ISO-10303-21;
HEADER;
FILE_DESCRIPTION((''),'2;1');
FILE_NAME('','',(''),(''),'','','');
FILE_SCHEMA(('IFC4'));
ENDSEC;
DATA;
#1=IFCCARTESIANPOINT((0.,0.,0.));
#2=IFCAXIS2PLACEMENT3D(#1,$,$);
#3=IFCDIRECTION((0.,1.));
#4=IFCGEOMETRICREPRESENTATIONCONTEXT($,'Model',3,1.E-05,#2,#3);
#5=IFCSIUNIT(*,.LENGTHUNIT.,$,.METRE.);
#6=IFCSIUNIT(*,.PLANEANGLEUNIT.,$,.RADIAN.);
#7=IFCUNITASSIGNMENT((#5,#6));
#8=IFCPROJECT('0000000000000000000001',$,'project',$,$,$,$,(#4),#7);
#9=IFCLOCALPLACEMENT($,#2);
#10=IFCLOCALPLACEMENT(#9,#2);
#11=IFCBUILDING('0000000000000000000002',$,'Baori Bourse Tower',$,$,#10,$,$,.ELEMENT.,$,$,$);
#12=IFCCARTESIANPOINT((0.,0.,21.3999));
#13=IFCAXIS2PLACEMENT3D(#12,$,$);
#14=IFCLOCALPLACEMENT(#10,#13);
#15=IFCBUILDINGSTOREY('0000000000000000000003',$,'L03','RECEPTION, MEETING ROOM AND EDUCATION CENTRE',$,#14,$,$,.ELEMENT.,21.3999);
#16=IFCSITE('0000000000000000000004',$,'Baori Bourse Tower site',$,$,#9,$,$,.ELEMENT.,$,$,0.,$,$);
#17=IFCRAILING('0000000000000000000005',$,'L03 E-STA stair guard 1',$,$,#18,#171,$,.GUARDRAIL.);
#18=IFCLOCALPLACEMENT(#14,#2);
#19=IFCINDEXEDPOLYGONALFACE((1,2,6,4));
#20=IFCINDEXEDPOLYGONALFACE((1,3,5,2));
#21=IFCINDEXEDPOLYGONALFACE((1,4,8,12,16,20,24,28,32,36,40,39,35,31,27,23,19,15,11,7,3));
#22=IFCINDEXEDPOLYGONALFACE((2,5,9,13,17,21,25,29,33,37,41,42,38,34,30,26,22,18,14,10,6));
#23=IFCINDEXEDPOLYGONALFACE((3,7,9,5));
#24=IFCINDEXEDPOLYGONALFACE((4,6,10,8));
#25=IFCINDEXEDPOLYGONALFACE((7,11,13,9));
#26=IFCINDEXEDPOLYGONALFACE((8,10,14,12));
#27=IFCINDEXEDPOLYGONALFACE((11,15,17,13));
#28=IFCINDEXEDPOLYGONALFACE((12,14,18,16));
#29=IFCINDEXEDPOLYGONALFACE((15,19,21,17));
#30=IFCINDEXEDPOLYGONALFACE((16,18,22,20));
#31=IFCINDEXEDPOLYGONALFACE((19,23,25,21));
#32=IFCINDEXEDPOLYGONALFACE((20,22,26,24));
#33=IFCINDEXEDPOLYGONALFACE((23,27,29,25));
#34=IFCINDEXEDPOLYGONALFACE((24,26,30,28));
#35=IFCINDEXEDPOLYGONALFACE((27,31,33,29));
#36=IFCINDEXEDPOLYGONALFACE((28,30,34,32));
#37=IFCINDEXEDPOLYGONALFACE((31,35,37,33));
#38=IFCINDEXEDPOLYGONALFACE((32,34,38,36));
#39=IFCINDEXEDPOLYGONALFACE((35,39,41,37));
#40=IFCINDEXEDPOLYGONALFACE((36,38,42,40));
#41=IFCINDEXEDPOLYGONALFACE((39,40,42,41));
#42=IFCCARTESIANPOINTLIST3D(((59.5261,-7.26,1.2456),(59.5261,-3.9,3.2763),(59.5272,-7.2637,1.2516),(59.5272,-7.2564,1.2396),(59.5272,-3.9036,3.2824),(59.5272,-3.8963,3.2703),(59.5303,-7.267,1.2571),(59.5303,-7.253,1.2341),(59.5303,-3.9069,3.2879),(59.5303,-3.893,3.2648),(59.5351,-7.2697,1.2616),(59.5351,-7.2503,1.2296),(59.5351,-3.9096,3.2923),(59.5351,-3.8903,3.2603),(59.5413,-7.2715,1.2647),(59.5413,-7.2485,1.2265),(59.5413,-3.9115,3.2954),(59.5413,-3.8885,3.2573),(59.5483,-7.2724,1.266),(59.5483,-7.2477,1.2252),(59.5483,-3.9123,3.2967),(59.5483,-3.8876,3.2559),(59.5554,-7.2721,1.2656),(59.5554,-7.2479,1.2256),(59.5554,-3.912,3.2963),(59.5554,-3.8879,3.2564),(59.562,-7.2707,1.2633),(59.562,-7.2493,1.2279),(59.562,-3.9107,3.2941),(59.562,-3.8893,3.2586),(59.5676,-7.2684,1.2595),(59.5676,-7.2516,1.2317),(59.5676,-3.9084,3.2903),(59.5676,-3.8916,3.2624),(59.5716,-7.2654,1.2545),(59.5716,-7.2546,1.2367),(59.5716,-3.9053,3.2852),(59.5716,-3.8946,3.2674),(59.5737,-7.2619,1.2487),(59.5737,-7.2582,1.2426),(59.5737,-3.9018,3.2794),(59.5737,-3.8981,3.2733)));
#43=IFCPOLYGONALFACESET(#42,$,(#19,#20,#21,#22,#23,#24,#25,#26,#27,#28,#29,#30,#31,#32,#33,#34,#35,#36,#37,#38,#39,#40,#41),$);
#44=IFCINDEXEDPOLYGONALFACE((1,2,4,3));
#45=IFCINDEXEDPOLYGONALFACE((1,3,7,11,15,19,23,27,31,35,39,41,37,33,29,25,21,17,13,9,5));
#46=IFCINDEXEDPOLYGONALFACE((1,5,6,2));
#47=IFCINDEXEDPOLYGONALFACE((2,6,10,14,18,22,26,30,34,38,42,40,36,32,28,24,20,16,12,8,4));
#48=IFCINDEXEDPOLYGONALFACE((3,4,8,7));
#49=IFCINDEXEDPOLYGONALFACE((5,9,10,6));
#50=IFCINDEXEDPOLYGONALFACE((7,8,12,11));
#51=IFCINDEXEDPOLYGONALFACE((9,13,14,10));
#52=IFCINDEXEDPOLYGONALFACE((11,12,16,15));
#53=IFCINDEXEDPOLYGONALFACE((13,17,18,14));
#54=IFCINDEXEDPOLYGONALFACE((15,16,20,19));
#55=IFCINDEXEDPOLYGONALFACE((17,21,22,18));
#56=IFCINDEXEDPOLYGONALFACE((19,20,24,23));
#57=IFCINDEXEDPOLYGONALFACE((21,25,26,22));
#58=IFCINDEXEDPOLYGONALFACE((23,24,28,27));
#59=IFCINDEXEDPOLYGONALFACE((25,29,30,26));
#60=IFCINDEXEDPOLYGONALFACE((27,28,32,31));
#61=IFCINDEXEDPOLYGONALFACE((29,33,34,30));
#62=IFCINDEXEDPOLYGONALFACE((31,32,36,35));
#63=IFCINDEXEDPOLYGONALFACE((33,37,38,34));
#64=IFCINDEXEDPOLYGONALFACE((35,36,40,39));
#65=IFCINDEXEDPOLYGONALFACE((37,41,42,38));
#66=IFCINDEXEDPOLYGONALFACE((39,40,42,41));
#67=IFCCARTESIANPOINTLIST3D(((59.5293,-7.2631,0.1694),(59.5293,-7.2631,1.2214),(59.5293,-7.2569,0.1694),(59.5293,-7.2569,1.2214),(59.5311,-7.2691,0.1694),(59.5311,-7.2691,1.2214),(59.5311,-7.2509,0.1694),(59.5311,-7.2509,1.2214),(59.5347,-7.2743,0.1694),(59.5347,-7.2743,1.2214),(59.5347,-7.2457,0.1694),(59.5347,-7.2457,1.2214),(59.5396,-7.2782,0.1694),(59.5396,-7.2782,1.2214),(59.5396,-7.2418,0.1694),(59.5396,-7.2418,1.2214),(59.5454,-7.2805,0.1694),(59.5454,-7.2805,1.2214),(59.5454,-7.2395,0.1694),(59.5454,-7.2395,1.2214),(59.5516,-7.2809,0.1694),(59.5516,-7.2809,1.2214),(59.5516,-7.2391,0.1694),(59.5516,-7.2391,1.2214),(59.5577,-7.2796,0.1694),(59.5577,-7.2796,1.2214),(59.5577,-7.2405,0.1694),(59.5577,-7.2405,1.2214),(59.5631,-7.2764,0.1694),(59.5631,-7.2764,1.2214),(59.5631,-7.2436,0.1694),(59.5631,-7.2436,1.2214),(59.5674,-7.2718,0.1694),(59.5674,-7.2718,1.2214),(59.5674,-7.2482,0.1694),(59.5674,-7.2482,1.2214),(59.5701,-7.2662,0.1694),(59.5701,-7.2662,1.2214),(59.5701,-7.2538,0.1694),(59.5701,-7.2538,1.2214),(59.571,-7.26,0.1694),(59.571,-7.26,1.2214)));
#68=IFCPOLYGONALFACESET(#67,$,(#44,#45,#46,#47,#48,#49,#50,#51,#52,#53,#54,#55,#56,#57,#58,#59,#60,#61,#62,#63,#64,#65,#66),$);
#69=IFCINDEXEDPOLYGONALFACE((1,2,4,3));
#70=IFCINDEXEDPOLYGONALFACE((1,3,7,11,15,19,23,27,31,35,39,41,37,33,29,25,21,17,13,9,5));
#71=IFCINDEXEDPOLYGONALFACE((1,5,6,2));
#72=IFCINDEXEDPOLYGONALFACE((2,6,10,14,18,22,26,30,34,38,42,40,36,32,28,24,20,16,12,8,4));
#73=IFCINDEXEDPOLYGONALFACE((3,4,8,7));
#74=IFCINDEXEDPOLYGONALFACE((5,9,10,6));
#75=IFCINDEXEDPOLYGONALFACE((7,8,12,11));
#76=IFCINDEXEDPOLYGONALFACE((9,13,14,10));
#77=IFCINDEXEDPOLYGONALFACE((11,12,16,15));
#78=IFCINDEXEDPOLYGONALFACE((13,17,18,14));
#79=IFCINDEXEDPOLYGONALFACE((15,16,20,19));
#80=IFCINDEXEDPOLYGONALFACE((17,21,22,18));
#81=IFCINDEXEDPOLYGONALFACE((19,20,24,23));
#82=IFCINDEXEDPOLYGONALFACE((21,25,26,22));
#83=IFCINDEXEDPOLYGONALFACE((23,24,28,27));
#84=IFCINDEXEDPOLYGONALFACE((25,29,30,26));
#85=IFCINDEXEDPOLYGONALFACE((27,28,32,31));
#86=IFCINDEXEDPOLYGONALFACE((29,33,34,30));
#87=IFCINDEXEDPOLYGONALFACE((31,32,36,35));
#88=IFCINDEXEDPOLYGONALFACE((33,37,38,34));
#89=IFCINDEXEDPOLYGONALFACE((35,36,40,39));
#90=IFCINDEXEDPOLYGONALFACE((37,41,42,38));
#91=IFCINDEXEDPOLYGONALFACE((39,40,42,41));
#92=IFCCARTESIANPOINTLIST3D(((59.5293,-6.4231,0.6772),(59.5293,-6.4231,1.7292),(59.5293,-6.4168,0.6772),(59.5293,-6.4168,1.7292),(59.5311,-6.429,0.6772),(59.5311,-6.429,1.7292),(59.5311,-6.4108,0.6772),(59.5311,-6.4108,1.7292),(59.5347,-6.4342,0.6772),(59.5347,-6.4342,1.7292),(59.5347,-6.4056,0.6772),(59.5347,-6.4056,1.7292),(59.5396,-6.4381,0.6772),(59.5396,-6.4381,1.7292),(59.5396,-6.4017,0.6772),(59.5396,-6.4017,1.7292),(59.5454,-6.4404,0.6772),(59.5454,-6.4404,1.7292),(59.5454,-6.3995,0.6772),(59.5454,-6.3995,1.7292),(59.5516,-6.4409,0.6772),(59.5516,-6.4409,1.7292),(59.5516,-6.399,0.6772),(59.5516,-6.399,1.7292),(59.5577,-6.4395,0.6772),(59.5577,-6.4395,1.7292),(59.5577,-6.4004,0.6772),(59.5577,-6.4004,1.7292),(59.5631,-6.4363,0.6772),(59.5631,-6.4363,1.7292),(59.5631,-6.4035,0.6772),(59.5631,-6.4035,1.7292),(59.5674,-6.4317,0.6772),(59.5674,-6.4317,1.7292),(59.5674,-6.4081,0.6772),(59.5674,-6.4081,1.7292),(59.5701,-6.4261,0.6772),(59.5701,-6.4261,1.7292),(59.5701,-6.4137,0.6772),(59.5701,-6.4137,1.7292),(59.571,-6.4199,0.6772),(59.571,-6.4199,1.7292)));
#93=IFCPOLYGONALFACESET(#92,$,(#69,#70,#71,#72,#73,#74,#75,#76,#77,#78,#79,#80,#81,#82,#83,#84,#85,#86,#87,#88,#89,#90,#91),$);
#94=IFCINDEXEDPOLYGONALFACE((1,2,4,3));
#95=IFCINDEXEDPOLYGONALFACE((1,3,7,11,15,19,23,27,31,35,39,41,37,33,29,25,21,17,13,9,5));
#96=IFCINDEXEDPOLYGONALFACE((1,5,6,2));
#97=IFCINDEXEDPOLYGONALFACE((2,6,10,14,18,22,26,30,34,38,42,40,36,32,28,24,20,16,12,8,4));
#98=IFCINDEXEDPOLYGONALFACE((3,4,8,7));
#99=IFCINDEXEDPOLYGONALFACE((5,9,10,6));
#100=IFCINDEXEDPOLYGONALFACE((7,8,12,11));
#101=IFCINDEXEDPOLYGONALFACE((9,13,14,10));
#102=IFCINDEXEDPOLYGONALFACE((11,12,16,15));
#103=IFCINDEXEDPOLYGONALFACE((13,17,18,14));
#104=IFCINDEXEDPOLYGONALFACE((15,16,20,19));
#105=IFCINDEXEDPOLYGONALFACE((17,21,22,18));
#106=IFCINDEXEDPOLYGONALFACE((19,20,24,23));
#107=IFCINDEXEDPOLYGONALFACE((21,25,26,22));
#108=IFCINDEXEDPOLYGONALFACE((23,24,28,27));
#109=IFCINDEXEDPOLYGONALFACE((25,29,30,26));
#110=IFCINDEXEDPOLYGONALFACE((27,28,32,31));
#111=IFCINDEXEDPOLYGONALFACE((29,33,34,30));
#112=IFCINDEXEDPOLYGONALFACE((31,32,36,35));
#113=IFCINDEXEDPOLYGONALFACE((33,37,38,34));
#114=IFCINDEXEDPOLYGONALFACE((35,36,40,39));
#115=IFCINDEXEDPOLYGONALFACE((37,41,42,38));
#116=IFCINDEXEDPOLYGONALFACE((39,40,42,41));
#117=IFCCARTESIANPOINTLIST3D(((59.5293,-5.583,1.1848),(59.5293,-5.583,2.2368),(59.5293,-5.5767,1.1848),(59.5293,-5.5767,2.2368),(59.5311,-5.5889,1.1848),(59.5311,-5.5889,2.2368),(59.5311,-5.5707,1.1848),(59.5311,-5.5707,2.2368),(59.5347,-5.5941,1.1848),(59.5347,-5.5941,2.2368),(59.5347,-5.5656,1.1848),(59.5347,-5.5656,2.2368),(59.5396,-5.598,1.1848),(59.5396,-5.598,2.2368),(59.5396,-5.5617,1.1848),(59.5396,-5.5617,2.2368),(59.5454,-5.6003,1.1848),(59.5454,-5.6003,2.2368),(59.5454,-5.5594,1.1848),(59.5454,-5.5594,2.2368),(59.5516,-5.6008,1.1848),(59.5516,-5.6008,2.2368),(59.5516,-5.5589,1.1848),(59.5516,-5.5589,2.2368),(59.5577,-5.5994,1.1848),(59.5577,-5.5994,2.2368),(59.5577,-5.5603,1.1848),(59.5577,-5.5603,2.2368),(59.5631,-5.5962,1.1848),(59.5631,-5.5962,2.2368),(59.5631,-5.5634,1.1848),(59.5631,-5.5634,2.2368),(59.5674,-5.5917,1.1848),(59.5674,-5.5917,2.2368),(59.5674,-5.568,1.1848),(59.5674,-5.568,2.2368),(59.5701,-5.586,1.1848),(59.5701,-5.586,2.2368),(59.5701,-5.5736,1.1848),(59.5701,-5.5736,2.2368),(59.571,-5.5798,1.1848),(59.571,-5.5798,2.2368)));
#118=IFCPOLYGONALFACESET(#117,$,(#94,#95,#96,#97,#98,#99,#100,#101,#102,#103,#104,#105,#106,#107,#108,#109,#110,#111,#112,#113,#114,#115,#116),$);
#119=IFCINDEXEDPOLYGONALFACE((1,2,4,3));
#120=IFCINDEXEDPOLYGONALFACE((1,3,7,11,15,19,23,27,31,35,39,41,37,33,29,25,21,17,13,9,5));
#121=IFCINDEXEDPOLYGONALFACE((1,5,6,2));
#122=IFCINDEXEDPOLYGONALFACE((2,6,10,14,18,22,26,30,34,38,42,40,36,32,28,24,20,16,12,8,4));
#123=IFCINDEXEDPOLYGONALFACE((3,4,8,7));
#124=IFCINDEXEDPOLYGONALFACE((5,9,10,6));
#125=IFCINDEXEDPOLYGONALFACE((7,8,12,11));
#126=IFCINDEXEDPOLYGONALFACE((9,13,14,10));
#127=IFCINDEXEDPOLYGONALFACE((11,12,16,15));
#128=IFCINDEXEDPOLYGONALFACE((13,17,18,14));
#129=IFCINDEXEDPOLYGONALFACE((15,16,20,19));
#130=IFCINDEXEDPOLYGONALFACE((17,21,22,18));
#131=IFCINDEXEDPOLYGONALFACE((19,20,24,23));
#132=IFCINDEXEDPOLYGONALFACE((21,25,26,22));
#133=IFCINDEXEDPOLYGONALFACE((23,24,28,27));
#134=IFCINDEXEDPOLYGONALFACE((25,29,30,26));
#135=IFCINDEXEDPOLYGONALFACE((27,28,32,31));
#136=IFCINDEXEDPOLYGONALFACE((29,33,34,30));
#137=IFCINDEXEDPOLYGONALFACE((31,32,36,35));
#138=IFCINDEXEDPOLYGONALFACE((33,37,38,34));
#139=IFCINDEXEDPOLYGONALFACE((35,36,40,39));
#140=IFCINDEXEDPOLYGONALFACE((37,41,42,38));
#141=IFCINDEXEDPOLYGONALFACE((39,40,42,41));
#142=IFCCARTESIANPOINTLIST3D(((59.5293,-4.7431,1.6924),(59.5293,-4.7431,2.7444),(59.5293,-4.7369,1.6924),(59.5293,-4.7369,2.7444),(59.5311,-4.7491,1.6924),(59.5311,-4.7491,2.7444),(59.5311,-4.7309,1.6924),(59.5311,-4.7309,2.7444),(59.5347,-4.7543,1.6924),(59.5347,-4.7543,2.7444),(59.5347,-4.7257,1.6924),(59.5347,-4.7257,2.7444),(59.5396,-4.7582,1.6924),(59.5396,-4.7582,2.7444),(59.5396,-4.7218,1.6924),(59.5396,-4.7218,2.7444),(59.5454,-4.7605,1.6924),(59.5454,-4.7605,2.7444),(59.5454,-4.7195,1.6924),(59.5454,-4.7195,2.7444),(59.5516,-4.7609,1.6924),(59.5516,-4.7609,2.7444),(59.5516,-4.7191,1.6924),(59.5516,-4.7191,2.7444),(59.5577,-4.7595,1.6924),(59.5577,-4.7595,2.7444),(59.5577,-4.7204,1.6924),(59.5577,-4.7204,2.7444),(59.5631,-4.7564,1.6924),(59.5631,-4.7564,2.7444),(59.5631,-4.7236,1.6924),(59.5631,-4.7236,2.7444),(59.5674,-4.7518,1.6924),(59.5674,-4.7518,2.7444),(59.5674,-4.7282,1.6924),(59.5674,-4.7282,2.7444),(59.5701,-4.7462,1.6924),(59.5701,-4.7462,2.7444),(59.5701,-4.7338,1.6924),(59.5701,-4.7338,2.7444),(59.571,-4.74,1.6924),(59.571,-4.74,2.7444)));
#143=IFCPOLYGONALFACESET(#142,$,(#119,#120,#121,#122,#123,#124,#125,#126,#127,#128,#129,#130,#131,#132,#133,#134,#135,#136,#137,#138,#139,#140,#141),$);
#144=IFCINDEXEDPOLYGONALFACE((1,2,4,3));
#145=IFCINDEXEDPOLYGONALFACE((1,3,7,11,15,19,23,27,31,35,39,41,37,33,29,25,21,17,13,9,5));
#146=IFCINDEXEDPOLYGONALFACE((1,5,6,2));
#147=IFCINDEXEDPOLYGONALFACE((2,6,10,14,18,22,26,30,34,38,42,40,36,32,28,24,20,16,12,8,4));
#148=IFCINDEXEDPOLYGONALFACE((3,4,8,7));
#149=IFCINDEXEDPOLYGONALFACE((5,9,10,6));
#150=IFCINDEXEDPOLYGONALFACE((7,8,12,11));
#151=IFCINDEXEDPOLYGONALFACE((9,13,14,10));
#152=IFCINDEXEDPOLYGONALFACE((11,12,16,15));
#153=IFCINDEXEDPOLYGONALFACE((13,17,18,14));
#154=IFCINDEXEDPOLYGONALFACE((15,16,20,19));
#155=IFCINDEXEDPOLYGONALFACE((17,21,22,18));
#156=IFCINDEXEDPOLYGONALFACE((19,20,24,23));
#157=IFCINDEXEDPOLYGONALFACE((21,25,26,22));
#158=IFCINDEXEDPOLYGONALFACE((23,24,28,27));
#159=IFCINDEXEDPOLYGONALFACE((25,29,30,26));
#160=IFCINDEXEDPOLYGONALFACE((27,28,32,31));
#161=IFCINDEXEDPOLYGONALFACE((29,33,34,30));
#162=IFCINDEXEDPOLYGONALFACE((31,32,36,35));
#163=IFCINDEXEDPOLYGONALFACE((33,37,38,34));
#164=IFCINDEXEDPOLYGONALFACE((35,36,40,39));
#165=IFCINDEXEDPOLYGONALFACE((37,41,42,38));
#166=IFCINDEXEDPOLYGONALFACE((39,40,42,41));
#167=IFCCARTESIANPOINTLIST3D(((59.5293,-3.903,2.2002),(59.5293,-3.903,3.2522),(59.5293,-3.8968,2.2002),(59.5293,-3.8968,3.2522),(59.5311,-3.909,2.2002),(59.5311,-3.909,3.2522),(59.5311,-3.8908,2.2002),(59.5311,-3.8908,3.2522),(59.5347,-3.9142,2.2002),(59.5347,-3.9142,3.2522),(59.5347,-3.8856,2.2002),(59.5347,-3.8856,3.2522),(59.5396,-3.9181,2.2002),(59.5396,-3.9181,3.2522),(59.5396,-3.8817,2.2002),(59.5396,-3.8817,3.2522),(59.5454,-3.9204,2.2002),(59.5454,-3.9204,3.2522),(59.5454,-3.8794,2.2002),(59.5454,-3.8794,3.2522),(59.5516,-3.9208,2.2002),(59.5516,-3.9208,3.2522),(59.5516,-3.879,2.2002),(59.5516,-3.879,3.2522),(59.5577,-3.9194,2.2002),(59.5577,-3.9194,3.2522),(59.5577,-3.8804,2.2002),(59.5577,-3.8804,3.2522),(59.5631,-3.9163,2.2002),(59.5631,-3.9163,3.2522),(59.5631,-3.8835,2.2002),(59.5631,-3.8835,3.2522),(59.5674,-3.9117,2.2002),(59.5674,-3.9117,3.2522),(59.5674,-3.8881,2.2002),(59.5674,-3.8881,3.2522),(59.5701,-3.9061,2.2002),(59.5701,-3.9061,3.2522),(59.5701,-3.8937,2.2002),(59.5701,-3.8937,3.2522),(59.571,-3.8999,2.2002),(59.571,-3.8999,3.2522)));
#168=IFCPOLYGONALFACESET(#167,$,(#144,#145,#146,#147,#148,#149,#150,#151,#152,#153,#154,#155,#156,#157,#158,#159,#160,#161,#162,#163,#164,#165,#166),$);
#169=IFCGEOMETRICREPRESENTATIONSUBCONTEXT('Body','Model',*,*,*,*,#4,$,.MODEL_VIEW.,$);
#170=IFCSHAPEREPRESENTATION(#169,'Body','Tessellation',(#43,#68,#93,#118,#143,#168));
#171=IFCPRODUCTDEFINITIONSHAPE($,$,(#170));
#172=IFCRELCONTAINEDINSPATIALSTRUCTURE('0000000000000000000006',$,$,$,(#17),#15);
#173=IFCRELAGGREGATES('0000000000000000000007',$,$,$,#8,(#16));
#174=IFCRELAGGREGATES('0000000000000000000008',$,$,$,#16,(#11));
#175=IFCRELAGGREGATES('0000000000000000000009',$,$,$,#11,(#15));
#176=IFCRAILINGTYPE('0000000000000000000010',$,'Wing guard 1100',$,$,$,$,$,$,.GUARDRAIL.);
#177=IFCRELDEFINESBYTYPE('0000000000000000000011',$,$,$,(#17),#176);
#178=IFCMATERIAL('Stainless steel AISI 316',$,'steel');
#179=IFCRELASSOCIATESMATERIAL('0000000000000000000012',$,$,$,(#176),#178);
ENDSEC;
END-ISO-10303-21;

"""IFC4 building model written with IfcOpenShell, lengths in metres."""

from ifc_helpers import new_model, si_unit, direction, frame, origin, origin_2d, place, context, subcontext, project, spatial, circle, extrude, material, type_object, element, save


model = new_model("IFC4")

# Units and contexts
model_context = context("Model", 3, precision=1e-05, world=origin(), true_north=direction((0.0, 1.0)))
body_context = subcontext(model_context, "Body", "Model", "MODEL_VIEW")
ifc_project = project(units=[si_unit("LENGTHUNIT", "METRE"), si_unit("PLANEANGLEUNIT", "RADIAN")], contexts=[model_context])

# Site, building, storey
site_placement = place(None, origin())
site = spatial("IfcSite", under=ifc_project, at=site_placement, Name="Baori Bourse Tower site", CompositionType="ELEMENT", RefElevation=0.0)
building_placement = place(site_placement, origin())
building = spatial("IfcBuilding", under=site, at=building_placement, Name="Baori Bourse Tower", CompositionType="ELEMENT")
storey_placement = place(building_placement, frame((0.0, 0.0, 21.3999)))
storey = spatial("IfcBuildingStorey", under=building, at=storey_placement, Name="L03", Description="RECEPTION, MEETING ROOM AND EDUCATION CENTRE", CompositionType="ELEMENT", Elevation=21.3999)

# Railing
ifc_material_1 = material(Name="Stainless steel AISI 316", Category="steel")
railing_type_1 = type_object("IfcRailingType", Name="Wing guard 1100", PredefinedType="GUARDRAIL", material=ifc_material_1)
railing_1_placement = place(storey_placement, frame((59.55, -7.26, 0.1694)))
element("IfcRailing", 1, at=railing_1_placement, inside=storey, type_object=railing_type_1, Name="L03 E-STA stair guard 1", PredefinedType="GUARDRAIL", context=body_context, shape_type="SweptSolid", body=[
    extrude(circle(Radius=0.0239, at=origin_2d()), frame((0.0, 0.0, 1.0762), z_axis=(0.0, 0.855837, 0.517246), x_axis=(-1.0, 0.0, 0.0)), (0.0, 0.0, 1.0), 3.926),
    extrude(circle(Radius=0.021, at=origin_2d()), origin(), (0.0, 0.0, 1.0), 1.052),
    extrude(circle(Radius=0.021, at=origin_2d()), frame((0.0, 0.8401, 0.5078)), (0.0, 0.0, 1.0), 1.052),
    extrude(circle(Radius=0.021, at=origin_2d()), frame((0.0, 1.6802, 1.0154)), (0.0, 0.0, 1.0), 1.052),
    extrude(circle(Radius=0.021, at=origin_2d()), frame((0.0, 2.52, 1.5229)), (0.0, 0.0, 1.0), 1.052),
    extrude(circle(Radius=0.021, at=origin_2d()), frame((0.0, 3.3601, 2.0308)), (0.0, 0.0, 1.0), 1.052),
])

save(model, "model.ifc")
